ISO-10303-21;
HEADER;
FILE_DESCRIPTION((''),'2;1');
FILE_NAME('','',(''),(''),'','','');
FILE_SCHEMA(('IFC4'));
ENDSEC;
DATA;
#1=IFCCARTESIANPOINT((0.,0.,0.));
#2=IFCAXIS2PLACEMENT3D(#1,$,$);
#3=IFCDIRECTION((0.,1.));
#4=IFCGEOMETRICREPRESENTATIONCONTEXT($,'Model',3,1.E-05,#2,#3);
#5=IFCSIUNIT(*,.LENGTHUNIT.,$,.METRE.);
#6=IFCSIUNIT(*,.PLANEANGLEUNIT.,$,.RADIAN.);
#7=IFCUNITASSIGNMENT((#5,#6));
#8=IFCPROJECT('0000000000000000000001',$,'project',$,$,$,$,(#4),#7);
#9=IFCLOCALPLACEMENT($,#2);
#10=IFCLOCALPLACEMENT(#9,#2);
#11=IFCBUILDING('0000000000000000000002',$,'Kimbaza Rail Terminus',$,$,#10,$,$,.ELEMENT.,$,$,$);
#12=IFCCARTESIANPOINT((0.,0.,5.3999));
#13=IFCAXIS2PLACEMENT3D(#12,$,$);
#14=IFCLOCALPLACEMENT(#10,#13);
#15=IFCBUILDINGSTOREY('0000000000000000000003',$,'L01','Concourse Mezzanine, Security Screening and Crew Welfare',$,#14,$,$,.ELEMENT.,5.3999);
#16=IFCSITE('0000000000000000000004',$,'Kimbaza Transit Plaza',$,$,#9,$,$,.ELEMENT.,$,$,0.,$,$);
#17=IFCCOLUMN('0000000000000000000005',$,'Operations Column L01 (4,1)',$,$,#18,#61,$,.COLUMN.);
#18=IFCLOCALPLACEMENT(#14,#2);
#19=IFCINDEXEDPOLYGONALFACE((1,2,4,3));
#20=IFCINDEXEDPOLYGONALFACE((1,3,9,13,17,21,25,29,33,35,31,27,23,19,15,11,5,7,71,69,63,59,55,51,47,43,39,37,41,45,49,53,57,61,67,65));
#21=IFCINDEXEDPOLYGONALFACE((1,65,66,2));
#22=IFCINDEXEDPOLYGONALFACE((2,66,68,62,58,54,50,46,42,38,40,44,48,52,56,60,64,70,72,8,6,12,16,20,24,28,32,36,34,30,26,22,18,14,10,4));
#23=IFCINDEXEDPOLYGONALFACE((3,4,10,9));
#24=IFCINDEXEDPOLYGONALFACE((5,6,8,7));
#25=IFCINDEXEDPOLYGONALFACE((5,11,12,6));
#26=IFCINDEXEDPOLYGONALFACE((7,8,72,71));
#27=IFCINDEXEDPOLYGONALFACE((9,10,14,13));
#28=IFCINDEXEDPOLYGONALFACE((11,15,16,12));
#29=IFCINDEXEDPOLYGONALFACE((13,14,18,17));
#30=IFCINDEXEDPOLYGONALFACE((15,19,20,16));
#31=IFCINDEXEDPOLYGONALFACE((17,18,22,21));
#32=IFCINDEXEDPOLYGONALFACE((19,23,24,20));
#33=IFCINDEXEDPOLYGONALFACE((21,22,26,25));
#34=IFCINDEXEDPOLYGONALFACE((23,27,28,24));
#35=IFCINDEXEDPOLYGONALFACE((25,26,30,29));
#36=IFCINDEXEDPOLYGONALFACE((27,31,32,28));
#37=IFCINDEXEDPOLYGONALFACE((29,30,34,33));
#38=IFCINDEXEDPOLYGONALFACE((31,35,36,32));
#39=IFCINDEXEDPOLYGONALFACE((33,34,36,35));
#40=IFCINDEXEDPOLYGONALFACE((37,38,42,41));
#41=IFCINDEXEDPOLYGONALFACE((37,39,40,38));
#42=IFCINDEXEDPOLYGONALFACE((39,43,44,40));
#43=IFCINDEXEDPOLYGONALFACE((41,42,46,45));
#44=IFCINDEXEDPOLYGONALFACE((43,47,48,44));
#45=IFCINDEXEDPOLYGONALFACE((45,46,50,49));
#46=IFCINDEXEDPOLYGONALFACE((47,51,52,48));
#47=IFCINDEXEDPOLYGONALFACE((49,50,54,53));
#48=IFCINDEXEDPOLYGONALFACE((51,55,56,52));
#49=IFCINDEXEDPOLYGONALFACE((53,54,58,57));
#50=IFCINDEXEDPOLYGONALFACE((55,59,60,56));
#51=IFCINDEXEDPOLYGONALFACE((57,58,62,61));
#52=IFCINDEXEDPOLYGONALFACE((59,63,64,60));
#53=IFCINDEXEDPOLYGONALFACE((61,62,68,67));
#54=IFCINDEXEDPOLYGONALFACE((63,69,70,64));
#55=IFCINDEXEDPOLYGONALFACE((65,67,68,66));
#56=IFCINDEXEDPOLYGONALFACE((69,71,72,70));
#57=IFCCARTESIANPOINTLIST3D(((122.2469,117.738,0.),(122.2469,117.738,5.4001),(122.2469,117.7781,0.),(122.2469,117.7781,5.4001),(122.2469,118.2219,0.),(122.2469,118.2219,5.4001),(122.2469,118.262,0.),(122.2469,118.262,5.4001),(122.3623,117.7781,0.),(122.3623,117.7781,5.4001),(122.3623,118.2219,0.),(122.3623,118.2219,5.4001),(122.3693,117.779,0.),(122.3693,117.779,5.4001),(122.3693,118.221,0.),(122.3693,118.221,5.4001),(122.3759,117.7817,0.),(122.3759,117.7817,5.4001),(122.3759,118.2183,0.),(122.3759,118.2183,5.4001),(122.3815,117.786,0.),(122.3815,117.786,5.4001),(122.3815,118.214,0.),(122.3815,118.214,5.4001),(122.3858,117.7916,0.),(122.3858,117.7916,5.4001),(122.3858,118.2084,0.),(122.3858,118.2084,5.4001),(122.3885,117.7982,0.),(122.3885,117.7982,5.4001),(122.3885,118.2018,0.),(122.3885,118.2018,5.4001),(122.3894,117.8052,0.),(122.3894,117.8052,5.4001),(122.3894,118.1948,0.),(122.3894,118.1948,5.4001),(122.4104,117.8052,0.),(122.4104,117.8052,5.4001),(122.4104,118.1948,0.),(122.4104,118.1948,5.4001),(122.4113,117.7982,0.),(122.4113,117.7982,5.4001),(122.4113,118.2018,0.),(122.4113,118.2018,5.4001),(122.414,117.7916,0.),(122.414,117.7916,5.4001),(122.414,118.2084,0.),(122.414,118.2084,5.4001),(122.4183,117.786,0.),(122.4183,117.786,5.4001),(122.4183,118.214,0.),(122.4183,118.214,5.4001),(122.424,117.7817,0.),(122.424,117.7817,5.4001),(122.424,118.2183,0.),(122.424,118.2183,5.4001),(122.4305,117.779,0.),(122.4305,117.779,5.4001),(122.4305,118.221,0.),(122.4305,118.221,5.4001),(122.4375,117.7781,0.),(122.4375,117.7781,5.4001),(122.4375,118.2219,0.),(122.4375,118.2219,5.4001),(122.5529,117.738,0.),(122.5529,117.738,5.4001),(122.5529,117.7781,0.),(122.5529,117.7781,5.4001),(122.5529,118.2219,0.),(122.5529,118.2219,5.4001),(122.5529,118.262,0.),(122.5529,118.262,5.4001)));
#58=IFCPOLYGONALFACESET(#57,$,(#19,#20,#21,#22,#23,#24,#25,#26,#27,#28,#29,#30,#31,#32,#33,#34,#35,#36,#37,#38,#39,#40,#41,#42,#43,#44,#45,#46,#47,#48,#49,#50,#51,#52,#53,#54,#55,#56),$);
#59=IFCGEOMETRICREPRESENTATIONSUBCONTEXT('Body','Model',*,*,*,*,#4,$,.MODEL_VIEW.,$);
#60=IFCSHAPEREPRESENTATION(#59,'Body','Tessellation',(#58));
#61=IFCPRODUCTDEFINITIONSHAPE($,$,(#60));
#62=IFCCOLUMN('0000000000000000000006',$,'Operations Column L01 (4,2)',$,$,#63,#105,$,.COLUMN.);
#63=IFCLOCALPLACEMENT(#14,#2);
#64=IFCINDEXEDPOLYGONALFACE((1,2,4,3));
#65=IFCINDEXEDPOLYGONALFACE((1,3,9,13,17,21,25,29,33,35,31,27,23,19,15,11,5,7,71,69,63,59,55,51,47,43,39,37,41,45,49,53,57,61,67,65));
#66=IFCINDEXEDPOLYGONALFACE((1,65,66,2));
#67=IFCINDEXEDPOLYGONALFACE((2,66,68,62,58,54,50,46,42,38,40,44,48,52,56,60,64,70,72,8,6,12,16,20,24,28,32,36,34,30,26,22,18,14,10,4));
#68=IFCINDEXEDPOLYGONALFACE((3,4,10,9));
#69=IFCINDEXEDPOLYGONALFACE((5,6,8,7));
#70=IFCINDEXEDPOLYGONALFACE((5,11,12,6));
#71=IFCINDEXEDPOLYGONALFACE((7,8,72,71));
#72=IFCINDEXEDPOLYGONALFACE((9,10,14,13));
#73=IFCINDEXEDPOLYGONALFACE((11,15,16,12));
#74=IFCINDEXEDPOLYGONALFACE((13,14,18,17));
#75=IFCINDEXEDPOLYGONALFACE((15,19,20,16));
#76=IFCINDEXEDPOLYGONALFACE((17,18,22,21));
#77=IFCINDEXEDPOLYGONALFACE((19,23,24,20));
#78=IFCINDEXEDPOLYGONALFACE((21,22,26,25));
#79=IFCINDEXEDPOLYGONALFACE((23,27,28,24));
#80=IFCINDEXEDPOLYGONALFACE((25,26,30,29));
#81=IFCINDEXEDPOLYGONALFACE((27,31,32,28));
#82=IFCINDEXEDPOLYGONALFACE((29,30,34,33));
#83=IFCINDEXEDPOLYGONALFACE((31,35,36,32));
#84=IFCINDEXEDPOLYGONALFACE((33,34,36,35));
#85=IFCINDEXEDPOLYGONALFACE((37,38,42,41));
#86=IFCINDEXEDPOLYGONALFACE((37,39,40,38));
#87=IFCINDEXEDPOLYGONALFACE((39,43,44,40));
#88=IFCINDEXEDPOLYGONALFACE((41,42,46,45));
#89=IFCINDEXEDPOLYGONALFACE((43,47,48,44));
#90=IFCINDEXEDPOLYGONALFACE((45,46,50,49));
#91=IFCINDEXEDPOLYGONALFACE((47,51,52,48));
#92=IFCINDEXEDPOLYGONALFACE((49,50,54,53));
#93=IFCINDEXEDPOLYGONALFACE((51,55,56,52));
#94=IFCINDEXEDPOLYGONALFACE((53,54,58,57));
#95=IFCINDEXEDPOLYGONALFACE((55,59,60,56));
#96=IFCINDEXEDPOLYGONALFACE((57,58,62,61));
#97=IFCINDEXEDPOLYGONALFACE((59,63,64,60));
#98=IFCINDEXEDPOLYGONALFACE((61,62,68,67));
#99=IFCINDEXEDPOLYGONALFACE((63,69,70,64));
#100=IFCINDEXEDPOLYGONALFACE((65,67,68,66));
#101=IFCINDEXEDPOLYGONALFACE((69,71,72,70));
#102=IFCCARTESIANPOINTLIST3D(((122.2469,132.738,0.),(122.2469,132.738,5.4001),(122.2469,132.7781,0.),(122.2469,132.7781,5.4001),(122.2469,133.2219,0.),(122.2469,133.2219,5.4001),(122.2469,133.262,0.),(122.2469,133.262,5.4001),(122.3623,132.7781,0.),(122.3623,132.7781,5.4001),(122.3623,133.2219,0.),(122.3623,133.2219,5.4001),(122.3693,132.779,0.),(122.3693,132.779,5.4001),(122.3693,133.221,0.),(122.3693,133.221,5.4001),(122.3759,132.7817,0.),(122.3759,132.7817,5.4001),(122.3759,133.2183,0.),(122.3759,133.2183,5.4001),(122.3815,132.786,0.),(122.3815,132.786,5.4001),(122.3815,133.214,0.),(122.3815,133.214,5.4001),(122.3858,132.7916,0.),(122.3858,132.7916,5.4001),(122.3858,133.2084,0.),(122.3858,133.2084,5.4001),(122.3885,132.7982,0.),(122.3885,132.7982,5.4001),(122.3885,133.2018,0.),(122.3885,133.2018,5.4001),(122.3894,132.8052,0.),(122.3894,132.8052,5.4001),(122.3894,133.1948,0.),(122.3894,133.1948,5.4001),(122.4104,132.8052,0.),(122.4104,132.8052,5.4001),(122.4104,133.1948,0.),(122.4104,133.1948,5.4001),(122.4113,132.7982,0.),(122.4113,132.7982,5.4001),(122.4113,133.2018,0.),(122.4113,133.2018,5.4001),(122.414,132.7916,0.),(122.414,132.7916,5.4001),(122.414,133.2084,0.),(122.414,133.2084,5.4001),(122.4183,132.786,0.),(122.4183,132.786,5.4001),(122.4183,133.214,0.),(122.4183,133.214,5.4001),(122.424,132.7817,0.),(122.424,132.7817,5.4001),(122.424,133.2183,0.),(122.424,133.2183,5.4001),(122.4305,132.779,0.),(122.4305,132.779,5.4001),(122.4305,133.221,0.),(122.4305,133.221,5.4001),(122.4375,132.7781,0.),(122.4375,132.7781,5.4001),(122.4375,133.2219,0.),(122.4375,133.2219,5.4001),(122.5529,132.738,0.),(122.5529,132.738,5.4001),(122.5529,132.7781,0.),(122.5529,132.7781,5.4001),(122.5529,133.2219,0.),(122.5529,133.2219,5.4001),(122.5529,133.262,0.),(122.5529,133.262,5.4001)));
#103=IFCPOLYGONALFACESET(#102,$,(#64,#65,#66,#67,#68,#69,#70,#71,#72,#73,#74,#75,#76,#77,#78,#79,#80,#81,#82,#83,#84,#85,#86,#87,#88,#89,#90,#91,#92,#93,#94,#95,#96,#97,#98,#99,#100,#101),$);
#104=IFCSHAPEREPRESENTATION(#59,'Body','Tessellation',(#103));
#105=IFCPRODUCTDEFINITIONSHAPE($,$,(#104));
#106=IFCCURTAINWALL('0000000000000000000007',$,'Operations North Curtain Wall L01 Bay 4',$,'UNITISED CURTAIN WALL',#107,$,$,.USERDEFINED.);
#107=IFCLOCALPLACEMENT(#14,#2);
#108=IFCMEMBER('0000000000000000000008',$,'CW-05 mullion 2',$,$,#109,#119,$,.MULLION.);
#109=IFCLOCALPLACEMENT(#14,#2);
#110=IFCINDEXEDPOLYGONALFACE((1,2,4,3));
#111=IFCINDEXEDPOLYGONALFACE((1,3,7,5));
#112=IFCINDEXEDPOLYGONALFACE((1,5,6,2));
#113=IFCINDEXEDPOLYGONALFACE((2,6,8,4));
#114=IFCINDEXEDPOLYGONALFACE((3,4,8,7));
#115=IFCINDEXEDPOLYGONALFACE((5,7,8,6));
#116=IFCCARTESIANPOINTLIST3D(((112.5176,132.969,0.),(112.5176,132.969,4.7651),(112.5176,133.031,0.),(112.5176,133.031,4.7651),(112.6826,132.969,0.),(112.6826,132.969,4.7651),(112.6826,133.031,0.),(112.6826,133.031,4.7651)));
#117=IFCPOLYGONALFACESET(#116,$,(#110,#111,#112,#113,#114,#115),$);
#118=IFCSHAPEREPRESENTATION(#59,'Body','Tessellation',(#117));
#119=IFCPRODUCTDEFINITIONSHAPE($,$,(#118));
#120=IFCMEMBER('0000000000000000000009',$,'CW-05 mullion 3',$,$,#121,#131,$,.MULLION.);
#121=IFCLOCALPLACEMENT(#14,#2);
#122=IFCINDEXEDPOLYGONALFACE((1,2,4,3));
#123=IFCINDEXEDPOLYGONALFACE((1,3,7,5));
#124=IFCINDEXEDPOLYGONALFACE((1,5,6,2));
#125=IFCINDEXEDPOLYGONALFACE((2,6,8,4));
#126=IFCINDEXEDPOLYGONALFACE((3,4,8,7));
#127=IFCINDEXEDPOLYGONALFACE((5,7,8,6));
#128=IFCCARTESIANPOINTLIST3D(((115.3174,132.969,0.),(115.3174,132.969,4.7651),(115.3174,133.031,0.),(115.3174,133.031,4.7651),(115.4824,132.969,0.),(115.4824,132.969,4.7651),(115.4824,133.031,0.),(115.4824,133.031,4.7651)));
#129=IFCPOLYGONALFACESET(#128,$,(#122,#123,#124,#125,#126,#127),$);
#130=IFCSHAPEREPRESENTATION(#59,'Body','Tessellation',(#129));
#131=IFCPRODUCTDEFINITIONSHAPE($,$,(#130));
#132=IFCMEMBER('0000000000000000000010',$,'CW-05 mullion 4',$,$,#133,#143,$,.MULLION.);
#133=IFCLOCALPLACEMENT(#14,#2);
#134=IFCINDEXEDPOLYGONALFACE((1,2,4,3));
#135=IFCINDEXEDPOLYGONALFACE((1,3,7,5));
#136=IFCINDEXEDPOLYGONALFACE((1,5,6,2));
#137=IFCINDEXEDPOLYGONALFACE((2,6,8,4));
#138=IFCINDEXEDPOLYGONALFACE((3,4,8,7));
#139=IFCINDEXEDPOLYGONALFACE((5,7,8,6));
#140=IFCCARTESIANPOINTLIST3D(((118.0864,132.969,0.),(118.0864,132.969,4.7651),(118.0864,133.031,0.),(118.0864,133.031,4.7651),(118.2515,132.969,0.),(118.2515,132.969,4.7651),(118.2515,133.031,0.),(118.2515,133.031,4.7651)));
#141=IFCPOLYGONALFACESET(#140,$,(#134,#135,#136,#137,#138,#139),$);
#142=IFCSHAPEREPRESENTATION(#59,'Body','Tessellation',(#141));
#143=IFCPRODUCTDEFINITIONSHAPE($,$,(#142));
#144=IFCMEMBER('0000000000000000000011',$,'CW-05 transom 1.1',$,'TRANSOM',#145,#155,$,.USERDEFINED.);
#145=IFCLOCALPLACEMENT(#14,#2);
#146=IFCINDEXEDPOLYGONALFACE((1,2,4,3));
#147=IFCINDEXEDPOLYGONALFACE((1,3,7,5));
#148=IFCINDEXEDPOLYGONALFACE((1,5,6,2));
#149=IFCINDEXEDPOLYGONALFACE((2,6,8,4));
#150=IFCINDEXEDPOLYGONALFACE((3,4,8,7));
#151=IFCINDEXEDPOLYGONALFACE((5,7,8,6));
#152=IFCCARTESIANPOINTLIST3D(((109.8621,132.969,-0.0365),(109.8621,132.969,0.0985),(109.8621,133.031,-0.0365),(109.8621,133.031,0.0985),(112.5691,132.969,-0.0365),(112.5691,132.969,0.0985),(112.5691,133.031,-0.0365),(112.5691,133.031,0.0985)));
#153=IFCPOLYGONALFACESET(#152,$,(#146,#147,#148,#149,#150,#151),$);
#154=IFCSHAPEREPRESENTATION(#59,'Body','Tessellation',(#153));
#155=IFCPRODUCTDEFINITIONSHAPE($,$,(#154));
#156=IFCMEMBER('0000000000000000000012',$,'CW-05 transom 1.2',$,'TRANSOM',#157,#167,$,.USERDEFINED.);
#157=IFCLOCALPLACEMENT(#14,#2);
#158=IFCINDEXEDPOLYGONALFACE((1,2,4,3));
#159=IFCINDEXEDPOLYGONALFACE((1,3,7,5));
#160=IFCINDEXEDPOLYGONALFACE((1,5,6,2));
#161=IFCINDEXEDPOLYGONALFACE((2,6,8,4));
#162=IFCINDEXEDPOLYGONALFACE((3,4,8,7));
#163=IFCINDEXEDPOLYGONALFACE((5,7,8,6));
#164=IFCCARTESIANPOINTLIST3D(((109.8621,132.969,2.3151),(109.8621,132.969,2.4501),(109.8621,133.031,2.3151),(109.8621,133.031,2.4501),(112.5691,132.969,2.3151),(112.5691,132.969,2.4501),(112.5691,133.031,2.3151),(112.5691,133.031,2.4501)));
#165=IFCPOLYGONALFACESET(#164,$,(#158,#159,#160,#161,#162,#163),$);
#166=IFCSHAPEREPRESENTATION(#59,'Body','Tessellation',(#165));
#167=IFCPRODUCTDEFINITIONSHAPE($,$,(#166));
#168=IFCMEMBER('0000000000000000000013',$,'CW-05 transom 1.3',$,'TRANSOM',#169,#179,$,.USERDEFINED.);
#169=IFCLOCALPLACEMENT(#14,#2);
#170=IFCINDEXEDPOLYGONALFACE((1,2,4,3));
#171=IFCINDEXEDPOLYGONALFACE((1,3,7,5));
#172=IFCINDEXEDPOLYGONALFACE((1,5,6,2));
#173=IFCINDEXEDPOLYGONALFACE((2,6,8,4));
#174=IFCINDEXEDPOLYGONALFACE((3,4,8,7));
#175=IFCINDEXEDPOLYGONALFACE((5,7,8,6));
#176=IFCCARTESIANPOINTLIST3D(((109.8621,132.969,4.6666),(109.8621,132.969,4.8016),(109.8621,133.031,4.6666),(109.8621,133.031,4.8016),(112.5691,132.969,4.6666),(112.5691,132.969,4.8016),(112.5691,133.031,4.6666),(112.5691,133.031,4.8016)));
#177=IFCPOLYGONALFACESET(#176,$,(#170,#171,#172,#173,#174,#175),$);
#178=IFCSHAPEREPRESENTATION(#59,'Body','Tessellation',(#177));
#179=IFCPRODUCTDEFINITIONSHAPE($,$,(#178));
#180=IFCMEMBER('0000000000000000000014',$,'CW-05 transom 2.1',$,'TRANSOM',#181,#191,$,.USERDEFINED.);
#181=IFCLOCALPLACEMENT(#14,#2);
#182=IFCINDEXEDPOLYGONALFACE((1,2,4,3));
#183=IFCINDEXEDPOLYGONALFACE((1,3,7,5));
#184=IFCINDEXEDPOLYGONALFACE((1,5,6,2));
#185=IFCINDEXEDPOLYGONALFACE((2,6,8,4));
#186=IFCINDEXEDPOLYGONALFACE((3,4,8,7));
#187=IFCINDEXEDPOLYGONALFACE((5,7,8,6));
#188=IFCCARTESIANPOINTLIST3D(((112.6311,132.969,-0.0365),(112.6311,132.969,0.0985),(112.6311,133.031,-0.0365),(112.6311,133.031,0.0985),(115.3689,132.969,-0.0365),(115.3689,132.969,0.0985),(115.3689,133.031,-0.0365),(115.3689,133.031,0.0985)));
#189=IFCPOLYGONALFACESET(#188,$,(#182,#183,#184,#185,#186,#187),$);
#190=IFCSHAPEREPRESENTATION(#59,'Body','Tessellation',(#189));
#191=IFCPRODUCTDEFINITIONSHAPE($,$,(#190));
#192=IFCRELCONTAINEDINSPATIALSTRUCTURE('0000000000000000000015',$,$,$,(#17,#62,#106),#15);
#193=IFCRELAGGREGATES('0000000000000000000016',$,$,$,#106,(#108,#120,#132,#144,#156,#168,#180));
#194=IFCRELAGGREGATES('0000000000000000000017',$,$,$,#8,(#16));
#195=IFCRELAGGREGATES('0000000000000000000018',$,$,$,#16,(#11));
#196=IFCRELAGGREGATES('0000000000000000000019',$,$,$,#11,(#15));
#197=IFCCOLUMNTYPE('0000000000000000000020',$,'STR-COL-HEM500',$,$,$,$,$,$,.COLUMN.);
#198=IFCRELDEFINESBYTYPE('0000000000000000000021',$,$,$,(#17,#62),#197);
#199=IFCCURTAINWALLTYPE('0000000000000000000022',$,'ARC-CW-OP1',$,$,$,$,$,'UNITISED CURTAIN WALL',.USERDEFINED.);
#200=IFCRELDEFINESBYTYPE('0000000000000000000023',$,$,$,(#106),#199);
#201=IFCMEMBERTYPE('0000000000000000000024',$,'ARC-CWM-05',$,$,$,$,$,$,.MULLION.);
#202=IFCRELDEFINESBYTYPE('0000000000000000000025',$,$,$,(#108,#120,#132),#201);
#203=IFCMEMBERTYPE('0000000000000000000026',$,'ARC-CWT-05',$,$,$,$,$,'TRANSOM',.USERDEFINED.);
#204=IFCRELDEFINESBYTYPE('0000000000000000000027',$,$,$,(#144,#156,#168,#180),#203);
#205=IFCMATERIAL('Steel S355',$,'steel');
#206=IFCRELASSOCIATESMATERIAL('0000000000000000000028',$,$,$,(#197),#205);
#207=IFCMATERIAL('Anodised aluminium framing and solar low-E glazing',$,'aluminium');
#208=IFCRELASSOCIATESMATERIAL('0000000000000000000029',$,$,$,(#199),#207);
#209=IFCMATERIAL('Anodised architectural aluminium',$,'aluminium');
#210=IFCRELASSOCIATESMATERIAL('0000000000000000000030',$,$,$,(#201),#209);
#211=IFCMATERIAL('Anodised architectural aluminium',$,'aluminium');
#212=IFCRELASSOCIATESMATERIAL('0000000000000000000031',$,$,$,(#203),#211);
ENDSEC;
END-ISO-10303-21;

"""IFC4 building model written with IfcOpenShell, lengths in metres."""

from ifc_helpers import new_model, si_unit, direction, frame, origin, origin_2d, place, context, subcontext, project, spatial, rectangle, i_section, extrude, material, material_profile, profile_set, type_object, element, aggregate, save


model = new_model("IFC4")

# Units and contexts
model_context = context("Model", 3, precision=1e-05, world=origin(), true_north=direction((0.0, 1.0)))
body_context = subcontext(model_context, "Body", "Model", "MODEL_VIEW")
ifc_project = project(units=[si_unit("LENGTHUNIT", "METRE"), si_unit("PLANEANGLEUNIT", "RADIAN")], contexts=[model_context])

# Site, building, storey
site_placement = place(None, origin())
site = spatial("IfcSite", under=ifc_project, at=site_placement, Name="Kimbaza Transit Plaza", CompositionType="ELEMENT", RefElevation=0.0)
building_placement = place(site_placement, origin())
building = spatial("IfcBuilding", under=site, at=building_placement, Name="Kimbaza Rail Terminus", CompositionType="ELEMENT")
storey_placement = place(building_placement, frame((0.0, 0.0, 5.3999)))
storey = spatial("IfcBuildingStorey", under=building, at=storey_placement, Name="L01", Description="Concourse Mezzanine, Security Screening and Crew Welfare", CompositionType="ELEMENT", Elevation=5.3999)

# Columns
ifc_material_1 = material(Name="Steel S355", Category="steel")
ifc_material_profile_1 = material_profile(ifc_material_1, i_section(OverallWidth=0.3059, OverallDepth=0.5239, WebThickness=0.021, FlangeThickness=0.04, FilletRadius=0.0271, at=origin_2d()), Name="HEM 500")
ifc_profile_set_1 = profile_set([ifc_material_profile_1], Name="Steel S355")
column_type = type_object("IfcColumnType", Name="STR-COL-HEM500", PredefinedType="COLUMN", material=ifc_profile_set_1)
for number, where, z_axis, x_axis, name in (
    (1, (122.3999, 118.0, 0.0), (0.0, 0.0, 1.0), (1.0, 0.0, 0.0), "Operations Column L01 (4,1)"),
    (2, (122.3999, 133.0, 0.0), (0.0, 0.0, 1.0), (1.0, 0.0, 0.0), "Operations Column L01 (4,2)"),
):
    element("IfcColumn", number, at=place(storey_placement, frame(where, z_axis=z_axis, x_axis=x_axis)), inside=storey, type_object=column_type, Name=name, PredefinedType="COLUMN", context=body_context, shape_type="SweptSolid", body=[
        extrude(i_section(OverallWidth=0.3059, OverallDepth=0.5239, WebThickness=0.021, FlangeThickness=0.04, FilletRadius=0.0271, at=origin_2d()), origin(), (0.0, 0.0, 1.0), 5.4001),
    ])

# Curtain wall, members
ifc_material_2 = material(Name="Anodised aluminium framing and solar low-E glazing", Category="aluminium")
curtain_wall_type = type_object("IfcCurtainWallType", Name="ARC-CW-OP1", ElementType="UNITISED CURTAIN WALL", PredefinedType="USERDEFINED", material=ifc_material_2)
curtain_wall_placement = place(storey_placement, origin())
curtain_wall = element("IfcCurtainWall", 3, at=curtain_wall_placement, inside=storey, type_object=curtain_wall_type, Name="Operations North Curtain Wall L01 Bay 4", ObjectType="UNITISED CURTAIN WALL", PredefinedType="USERDEFINED")
ifc_material_3 = material(Name="Anodised architectural aluminium", Category="aluminium")
ifc_material_profile_2 = material_profile(ifc_material_3, rectangle(XDim=0.062, YDim=0.165, at=origin_2d()), Name="MULLION 62x165")
ifc_profile_set_2 = profile_set([ifc_material_profile_2], Name="Anodised architectural aluminium")
member_type_1 = type_object("IfcMemberType", Name="ARC-CWM-05", PredefinedType="MULLION", material=ifc_profile_set_2)
member_1_placement = place(storey_placement, frame((112.6001, 133.0, 0.0), z_axis=(0.0, 0.0, 1.0), x_axis=(0.0, 1.0, 0.0)))
member_1 = element("IfcMember", 4, at=member_1_placement, type_object=member_type_1, Name="CW-05 mullion 2", PredefinedType="MULLION", context=body_context, shape_type="SweptSolid", body=[
    extrude(rectangle(XDim=0.062, YDim=0.165, at=origin_2d()), origin(), (0.0, 0.0, 1.0), 4.7651),
])
member_2_placement = place(storey_placement, frame((115.3999, 133.0, 0.0), z_axis=(0.0, 0.0, 1.0), x_axis=(0.0, 1.0, 0.0)))
member_2 = element("IfcMember", 5, at=member_2_placement, type_object=member_type_1, Name="CW-05 mullion 3", PredefinedType="MULLION", context=body_context, shape_type="SweptSolid", body=[
    extrude(rectangle(XDim=0.062, YDim=0.165, at=origin_2d()), origin(), (0.0, 0.0, 1.0), 4.7651),
])
member_3_placement = place(storey_placement, frame((118.1689, 133.0, 0.0), z_axis=(0.0, 0.0, 1.0), x_axis=(0.0, 1.0, 0.0)))
member_3 = element("IfcMember", 6, at=member_3_placement, type_object=member_type_1, Name="CW-05 mullion 4", PredefinedType="MULLION", context=body_context, shape_type="SweptSolid", body=[
    extrude(rectangle(XDim=0.062, YDim=0.165, at=origin_2d()), origin(), (0.0, 0.0, 1.0), 4.7651),
])
ifc_material_4 = material(Name="Anodised architectural aluminium", Category="aluminium")
ifc_material_profile_3 = material_profile(ifc_material_4, rectangle(XDim=0.062, YDim=0.135, at=origin_2d()), Name="TRANSOM 62x135")
ifc_profile_set_3 = profile_set([ifc_material_profile_3], Name="Anodised architectural aluminium")
member_type_2 = type_object("IfcMemberType", Name="ARC-CWT-05", ElementType="TRANSOM", PredefinedType="USERDEFINED", material=ifc_profile_set_3)
member_4_placement = place(storey_placement, frame((109.8621, 133.0, 0.031), z_axis=(1.0, 0.0, 0.0), x_axis=(0.0, 1.0, 0.0)))
member_4 = element("IfcMember", 7, at=member_4_placement, type_object=member_type_2, Name="CW-05 transom 1.1", ObjectType="TRANSOM", PredefinedType="USERDEFINED", context=body_context, shape_type="SweptSolid", body=[
    extrude(rectangle(XDim=0.062, YDim=0.135, at=origin_2d()), origin(), (0.0, 0.0, 1.0), 2.707),
])
member_5_placement = place(storey_placement, frame((109.8621, 133.0, 2.3826), z_axis=(1.0, 0.0, 0.0), x_axis=(0.0, 1.0, 0.0)))
member_5 = element("IfcMember", 8, at=member_5_placement, type_object=member_type_2, Name="CW-05 transom 1.2", ObjectType="TRANSOM", PredefinedType="USERDEFINED", context=body_context, shape_type="SweptSolid", body=[
    extrude(rectangle(XDim=0.062, YDim=0.135, at=origin_2d()), origin(), (0.0, 0.0, 1.0), 2.707),
])
member_6_placement = place(storey_placement, frame((109.8621, 133.0, 4.7341), z_axis=(1.0, 0.0, 0.0), x_axis=(0.0, 1.0, 0.0)))
member_6 = element("IfcMember", 9, at=member_6_placement, type_object=member_type_2, Name="CW-05 transom 1.3", ObjectType="TRANSOM", PredefinedType="USERDEFINED", context=body_context, shape_type="SweptSolid", body=[
    extrude(rectangle(XDim=0.062, YDim=0.135, at=origin_2d()), origin(), (0.0, 0.0, 1.0), 2.707),
])
member_7_placement = place(storey_placement, frame((112.6311, 133.0, 0.031), z_axis=(1.0, 0.0, 0.0), x_axis=(0.0, 1.0, 0.0)))
member_7 = element("IfcMember", 10, at=member_7_placement, type_object=member_type_2, Name="CW-05 transom 2.1", ObjectType="TRANSOM", PredefinedType="USERDEFINED", context=body_context, shape_type="SweptSolid", body=[
    extrude(rectangle(XDim=0.062, YDim=0.135, at=origin_2d()), origin(), (0.0, 0.0, 1.0), 2.7378),
])

aggregate(curtain_wall, [member_1, member_2, member_3, member_4, member_5, member_6, member_7])

save(model, "model.ifc")
